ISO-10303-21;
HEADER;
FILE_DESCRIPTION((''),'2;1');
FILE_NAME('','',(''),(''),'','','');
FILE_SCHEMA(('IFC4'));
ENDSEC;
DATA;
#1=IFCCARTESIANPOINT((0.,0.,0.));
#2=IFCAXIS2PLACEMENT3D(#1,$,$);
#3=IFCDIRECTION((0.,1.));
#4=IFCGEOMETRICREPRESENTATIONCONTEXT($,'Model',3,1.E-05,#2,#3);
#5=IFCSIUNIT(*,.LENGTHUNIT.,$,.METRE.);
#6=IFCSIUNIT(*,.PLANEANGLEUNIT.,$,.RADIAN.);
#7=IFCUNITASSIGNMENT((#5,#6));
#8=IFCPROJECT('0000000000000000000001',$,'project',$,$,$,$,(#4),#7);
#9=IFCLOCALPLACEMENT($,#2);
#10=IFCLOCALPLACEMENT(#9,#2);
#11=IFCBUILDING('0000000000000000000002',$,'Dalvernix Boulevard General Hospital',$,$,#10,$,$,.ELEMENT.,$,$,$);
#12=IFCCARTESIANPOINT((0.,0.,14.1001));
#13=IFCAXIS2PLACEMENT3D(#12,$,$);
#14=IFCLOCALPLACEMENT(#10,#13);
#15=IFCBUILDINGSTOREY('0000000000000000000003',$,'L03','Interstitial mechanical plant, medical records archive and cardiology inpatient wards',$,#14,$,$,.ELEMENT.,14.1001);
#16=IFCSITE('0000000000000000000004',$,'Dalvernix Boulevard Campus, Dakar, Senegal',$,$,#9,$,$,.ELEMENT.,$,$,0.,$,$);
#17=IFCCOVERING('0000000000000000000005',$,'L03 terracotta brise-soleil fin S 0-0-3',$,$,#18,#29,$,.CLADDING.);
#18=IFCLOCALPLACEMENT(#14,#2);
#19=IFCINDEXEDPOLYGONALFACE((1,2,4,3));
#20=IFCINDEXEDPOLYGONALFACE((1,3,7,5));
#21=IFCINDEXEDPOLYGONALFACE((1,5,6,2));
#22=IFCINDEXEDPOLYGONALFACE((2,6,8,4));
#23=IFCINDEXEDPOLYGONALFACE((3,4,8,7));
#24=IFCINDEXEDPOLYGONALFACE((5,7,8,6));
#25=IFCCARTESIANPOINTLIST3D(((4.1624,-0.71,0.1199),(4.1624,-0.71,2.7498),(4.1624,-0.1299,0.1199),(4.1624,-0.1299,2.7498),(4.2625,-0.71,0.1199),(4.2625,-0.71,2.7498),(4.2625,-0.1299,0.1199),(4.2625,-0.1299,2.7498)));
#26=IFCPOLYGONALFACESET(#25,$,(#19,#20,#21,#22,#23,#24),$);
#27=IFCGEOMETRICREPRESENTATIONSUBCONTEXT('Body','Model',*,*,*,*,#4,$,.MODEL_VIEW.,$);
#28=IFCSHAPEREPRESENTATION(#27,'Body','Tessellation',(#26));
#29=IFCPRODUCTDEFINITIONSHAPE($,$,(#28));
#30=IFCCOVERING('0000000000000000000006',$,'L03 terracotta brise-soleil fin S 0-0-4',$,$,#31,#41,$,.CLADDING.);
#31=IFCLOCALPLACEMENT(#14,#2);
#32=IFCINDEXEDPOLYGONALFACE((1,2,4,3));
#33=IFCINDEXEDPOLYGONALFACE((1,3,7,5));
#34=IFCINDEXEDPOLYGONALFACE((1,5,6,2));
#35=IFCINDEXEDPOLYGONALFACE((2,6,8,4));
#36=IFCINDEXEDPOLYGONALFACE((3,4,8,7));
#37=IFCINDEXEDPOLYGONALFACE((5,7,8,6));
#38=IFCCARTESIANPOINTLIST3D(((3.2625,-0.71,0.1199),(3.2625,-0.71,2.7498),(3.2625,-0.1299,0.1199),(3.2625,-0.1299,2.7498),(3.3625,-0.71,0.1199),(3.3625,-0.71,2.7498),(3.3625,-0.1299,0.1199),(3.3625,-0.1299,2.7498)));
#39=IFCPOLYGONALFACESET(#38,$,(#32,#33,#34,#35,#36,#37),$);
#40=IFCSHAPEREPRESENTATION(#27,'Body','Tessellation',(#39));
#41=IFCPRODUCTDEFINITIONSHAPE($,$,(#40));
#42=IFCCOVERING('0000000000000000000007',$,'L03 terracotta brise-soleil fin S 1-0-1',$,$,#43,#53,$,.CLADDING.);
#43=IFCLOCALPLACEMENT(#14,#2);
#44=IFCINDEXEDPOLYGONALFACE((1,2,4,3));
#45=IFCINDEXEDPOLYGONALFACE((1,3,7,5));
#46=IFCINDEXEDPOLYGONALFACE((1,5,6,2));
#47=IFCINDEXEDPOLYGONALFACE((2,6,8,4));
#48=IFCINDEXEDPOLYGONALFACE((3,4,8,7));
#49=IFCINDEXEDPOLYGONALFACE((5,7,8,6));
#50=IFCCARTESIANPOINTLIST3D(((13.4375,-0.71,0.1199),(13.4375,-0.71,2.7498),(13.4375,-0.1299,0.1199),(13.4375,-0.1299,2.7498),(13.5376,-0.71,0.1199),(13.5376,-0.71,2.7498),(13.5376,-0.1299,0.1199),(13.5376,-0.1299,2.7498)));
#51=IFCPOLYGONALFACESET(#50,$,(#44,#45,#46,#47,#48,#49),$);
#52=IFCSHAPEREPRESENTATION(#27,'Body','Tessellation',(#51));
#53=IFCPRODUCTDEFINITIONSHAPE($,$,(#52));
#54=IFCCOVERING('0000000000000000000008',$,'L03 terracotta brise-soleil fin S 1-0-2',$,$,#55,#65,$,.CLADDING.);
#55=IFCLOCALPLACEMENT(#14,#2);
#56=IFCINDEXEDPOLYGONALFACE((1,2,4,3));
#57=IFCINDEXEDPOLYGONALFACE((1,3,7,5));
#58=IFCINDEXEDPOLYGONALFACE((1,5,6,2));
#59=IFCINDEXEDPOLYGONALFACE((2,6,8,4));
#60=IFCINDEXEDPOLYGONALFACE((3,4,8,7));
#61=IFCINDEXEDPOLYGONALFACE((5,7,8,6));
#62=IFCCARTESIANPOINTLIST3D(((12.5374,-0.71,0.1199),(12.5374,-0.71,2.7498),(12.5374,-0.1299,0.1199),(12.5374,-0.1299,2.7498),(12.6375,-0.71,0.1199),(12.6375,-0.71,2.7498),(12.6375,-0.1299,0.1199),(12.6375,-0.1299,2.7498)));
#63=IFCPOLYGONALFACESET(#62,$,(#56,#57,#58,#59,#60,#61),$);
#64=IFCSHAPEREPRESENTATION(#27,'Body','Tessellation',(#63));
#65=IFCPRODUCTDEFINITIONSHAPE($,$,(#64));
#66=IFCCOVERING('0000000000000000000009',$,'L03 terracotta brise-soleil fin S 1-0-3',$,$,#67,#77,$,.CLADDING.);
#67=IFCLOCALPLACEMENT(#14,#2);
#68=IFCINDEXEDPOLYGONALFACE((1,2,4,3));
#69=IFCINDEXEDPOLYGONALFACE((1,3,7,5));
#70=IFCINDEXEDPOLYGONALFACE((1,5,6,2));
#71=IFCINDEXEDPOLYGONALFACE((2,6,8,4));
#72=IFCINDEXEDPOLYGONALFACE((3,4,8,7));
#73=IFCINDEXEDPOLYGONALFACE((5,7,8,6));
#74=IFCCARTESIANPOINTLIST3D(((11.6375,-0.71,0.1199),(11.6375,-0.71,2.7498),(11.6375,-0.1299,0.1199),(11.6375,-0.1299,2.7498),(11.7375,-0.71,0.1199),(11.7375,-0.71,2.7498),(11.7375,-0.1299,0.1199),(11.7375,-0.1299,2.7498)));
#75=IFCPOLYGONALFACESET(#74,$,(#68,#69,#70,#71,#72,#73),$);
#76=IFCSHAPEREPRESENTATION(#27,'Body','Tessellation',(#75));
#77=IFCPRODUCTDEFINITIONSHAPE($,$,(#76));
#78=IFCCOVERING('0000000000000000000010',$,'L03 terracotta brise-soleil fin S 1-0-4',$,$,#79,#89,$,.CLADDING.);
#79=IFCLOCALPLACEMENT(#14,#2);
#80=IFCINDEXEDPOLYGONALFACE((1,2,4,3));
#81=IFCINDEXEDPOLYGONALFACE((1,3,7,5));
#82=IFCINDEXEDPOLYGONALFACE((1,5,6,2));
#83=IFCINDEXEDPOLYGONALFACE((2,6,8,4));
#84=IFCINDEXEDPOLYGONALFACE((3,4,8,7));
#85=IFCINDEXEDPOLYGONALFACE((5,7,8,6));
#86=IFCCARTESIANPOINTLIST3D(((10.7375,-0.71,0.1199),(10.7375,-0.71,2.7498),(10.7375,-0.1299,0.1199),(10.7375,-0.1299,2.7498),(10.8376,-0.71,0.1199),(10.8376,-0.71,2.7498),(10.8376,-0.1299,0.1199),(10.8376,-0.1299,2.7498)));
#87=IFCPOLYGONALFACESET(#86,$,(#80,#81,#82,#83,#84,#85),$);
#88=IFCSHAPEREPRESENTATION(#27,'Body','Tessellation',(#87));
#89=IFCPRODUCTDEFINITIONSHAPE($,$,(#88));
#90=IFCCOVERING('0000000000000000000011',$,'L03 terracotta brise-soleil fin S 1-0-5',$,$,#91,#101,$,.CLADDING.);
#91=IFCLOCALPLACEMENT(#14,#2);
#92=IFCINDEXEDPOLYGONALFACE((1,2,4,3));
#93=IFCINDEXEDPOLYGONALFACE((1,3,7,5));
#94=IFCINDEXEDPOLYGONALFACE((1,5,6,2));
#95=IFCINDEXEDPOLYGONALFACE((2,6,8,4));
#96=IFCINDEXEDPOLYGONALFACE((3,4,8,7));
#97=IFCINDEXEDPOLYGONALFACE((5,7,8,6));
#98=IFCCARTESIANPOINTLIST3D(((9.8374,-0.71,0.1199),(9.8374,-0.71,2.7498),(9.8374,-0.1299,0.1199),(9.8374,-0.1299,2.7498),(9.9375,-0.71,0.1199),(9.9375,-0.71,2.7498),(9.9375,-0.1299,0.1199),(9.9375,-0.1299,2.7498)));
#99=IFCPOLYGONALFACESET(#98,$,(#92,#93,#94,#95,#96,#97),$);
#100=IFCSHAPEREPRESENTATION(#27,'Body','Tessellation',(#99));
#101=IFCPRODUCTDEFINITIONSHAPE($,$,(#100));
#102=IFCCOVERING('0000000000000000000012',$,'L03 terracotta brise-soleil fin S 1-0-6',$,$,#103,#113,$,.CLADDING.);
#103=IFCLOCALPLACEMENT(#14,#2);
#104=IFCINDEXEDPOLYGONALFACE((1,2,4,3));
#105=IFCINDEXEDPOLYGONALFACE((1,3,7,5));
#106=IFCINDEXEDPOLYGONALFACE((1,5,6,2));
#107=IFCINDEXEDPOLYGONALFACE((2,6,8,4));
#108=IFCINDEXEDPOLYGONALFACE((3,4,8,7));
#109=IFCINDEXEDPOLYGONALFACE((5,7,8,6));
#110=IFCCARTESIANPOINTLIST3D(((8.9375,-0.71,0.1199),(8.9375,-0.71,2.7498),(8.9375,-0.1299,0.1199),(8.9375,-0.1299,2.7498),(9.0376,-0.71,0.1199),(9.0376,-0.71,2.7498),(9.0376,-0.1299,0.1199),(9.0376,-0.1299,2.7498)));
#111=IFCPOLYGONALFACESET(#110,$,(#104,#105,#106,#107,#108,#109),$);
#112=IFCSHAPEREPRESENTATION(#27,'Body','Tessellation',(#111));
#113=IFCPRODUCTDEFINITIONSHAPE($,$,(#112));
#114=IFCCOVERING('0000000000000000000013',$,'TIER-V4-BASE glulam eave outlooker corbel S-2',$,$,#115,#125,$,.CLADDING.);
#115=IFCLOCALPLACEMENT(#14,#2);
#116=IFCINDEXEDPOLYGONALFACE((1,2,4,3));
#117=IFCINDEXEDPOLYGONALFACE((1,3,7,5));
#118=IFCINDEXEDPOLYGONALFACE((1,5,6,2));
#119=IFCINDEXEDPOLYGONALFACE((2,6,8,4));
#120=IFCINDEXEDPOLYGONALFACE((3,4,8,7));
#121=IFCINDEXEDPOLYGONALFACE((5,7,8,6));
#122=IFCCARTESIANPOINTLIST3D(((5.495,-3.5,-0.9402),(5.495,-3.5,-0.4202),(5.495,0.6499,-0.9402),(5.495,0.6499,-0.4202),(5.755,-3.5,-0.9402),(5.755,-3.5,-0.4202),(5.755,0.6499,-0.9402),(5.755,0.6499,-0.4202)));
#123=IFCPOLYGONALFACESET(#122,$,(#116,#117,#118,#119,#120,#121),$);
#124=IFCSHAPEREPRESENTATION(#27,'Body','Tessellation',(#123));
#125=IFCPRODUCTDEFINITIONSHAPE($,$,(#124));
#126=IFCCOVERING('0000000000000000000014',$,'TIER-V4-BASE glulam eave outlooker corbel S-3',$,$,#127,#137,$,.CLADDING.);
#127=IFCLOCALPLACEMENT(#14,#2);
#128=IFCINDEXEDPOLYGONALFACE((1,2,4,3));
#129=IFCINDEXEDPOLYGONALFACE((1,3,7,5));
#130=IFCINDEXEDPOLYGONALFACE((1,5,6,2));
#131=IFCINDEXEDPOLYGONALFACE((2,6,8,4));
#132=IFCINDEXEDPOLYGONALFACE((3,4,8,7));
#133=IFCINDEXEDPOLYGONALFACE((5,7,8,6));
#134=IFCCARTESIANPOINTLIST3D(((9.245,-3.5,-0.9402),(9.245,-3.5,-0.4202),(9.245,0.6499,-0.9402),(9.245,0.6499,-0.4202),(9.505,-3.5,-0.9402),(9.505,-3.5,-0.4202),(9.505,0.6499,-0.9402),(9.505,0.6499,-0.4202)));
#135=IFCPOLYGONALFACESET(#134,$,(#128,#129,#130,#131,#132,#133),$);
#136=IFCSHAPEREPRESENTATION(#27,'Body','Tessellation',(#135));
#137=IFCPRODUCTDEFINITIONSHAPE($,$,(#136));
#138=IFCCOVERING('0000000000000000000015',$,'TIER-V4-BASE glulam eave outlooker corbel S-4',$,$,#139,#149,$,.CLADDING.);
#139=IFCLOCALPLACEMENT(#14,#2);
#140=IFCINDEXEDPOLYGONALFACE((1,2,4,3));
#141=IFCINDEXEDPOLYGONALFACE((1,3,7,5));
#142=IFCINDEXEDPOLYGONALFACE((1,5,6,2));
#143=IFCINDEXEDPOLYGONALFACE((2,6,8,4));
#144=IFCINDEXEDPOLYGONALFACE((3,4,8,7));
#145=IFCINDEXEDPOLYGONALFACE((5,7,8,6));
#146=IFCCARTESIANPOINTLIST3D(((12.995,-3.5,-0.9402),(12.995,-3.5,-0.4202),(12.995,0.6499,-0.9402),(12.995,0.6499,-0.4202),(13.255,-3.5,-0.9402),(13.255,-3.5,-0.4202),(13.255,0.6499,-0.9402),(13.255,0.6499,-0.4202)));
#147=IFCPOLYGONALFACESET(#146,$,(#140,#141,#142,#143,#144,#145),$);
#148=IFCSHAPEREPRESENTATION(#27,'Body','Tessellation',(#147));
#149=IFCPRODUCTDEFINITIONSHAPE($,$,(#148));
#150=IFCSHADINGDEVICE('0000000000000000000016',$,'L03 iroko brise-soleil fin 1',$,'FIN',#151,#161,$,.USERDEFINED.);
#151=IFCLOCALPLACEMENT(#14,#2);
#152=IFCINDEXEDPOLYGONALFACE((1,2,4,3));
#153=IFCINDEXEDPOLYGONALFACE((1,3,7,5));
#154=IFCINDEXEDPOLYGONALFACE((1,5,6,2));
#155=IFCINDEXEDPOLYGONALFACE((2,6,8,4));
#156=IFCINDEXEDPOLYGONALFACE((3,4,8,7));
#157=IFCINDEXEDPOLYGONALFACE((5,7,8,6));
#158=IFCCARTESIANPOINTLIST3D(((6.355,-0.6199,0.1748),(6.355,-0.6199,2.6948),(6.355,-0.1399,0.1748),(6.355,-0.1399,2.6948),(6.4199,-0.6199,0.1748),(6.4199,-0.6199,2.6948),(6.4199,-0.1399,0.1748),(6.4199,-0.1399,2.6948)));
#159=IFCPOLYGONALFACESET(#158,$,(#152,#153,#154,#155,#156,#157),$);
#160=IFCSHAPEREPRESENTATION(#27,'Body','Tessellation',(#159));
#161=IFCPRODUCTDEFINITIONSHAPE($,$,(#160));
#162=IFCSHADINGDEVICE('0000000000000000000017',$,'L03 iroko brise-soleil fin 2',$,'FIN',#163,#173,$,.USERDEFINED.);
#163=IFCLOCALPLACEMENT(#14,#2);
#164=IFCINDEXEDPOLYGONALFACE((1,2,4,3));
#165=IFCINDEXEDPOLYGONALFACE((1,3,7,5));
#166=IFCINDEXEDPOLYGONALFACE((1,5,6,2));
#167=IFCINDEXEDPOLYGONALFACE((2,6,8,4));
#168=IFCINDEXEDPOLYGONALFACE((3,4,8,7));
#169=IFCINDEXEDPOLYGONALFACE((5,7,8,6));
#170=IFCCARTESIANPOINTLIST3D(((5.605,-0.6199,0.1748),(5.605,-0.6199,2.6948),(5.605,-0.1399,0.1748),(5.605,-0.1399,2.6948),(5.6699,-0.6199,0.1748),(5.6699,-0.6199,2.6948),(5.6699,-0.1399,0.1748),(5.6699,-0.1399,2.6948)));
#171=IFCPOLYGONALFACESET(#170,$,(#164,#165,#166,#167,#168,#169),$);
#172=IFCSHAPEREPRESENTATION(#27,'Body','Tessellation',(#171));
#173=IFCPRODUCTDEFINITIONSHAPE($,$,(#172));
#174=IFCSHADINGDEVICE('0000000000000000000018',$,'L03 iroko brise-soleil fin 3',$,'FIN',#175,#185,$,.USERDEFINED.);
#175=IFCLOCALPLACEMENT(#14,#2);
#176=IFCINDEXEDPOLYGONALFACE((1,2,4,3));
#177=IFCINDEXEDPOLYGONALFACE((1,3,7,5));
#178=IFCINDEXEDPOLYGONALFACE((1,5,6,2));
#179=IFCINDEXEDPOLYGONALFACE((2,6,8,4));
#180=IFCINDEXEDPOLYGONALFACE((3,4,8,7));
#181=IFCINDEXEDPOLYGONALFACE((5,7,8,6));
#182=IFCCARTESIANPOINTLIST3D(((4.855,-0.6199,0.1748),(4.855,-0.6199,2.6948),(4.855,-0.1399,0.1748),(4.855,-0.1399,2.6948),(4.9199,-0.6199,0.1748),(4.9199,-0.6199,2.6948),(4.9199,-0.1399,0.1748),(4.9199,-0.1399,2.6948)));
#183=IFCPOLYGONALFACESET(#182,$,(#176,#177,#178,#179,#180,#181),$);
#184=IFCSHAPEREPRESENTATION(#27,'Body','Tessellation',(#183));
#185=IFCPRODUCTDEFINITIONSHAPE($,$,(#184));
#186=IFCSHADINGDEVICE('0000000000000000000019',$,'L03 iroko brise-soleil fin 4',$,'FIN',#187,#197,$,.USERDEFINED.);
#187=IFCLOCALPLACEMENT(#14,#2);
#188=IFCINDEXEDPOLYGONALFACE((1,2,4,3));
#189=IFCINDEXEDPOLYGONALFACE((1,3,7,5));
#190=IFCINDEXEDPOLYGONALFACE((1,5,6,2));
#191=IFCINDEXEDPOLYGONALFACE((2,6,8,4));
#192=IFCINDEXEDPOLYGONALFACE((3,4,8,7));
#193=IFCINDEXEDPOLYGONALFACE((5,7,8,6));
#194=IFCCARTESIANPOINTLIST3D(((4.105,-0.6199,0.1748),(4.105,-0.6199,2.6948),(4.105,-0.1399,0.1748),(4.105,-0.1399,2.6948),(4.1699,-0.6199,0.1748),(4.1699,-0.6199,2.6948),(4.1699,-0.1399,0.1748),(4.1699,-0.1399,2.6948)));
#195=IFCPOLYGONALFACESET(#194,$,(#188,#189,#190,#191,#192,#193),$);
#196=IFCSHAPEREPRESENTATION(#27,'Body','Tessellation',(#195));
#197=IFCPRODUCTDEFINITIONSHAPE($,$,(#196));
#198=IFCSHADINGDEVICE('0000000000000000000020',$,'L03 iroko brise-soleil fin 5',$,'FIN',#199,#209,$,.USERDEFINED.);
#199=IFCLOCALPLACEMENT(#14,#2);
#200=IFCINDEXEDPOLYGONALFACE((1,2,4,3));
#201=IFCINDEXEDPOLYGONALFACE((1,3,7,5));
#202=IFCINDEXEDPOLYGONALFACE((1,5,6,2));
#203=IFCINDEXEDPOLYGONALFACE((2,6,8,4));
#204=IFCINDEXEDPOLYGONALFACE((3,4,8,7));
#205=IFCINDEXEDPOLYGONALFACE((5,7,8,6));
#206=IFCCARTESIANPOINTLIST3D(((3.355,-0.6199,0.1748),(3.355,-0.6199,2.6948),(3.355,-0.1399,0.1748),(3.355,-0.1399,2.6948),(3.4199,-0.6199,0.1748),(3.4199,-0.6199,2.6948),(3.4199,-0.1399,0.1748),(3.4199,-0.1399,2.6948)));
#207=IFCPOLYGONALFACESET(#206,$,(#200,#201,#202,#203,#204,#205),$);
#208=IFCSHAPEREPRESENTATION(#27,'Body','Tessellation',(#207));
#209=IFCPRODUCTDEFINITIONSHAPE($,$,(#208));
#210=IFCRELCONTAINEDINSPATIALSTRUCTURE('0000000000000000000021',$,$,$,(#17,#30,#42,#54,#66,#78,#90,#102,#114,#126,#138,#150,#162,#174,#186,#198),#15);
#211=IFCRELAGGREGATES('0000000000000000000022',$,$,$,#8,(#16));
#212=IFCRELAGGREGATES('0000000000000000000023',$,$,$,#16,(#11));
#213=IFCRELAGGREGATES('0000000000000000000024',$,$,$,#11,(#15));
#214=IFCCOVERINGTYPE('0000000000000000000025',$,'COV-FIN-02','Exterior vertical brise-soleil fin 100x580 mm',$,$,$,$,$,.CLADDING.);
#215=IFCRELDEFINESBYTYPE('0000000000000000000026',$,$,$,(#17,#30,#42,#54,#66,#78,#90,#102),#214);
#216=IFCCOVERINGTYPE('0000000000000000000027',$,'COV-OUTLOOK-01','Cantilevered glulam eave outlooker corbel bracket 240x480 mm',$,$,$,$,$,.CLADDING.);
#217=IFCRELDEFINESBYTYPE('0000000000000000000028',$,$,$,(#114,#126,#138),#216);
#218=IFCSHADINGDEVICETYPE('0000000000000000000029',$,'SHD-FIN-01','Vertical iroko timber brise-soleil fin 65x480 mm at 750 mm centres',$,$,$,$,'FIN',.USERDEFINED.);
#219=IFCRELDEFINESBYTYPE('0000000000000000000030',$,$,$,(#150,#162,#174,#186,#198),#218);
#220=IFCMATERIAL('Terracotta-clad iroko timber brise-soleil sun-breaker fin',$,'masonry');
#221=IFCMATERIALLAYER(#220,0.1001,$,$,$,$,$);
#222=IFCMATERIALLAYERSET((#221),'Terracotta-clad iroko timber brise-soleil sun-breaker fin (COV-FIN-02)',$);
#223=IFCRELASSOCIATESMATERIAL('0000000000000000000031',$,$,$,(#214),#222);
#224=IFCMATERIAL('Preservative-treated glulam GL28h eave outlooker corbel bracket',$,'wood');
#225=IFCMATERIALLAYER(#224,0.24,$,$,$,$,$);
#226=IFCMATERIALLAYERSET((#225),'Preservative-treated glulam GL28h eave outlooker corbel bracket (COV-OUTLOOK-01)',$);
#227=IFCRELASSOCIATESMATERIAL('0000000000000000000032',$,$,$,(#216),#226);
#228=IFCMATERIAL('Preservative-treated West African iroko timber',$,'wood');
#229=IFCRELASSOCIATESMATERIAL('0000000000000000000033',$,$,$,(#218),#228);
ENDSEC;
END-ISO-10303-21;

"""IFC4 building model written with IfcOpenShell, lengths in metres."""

from ifc_helpers import new_model, si_unit, direction, frame, origin, origin_2d, place, context, subcontext, project, spatial, rectangle, extrude, material, layer, layer_set, type_object, element, save


model = new_model("IFC4")

# Units and contexts
model_context = context("Model", 3, precision=1e-05, world=origin(), true_north=direction((0.0, 1.0)))
body_context = subcontext(model_context, "Body", "Model", "MODEL_VIEW")
ifc_project = project(units=[si_unit("LENGTHUNIT", "METRE"), si_unit("PLANEANGLEUNIT", "RADIAN")], contexts=[model_context])

# Site, building, storey
site_placement = place(None, origin())
site = spatial("IfcSite", under=ifc_project, at=site_placement, Name="Dalvernix Boulevard Campus, Dakar, Senegal", CompositionType="ELEMENT", RefElevation=0.0)
building_placement = place(site_placement, origin())
building = spatial("IfcBuilding", under=site, at=building_placement, Name="Dalvernix Boulevard General Hospital", CompositionType="ELEMENT")
storey_placement = place(building_placement, frame((0.0, 0.0, 14.1001)))
storey = spatial("IfcBuildingStorey", under=building, at=storey_placement, Name="L03", Description="Interstitial mechanical plant, medical records archive and cardiology inpatient wards", CompositionType="ELEMENT", Elevation=14.1001)

# Coverings
ifc_material_1 = material(Name="Terracotta-clad iroko timber brise-soleil sun-breaker fin", Category="masonry")
ifc_layer_1 = layer(ifc_material_1, 0.1001)
ifc_layer_set_1 = layer_set([ifc_layer_1], Name="Terracotta-clad iroko timber brise-soleil sun-breaker fin (COV-FIN-02)")
covering_type_1 = type_object("IfcCoveringType", Name="COV-FIN-02", Description="Exterior vertical brise-soleil fin 100x580 mm", PredefinedType="CLADDING", material=ifc_layer_set_1)
for number, where, z_axis, x_axis, name in (
    (1, (4.2124, -0.4199, 0.1199), (0.0, 0.0, 1.0), (-1.0, 0.0, 0.0), "L03 terracotta brise-soleil fin S 0-0-3"),
    (2, (3.3125, -0.4199, 0.1199), (0.0, 0.0, 1.0), (-1.0, 0.0, 0.0), "L03 terracotta brise-soleil fin S 0-0-4"),
    (3, (13.4875, -0.4199, 0.1199), (0.0, 0.0, 1.0), (-1.0, 0.0, 0.0), "L03 terracotta brise-soleil fin S 1-0-1"),
    (4, (12.5874, -0.4199, 0.1199), (0.0, 0.0, 1.0), (-1.0, 0.0, 0.0), "L03 terracotta brise-soleil fin S 1-0-2"),
    (5, (11.6875, -0.4199, 0.1199), (0.0, 0.0, 1.0), (-1.0, 0.0, 0.0), "L03 terracotta brise-soleil fin S 1-0-3"),
    (6, (10.7876, -0.4199, 0.1199), (0.0, 0.0, 1.0), (-1.0, 0.0, 0.0), "L03 terracotta brise-soleil fin S 1-0-4"),
    (7, (9.8875, -0.4199, 0.1199), (0.0, 0.0, 1.0), (-1.0, 0.0, 0.0), "L03 terracotta brise-soleil fin S 1-0-5"),
    (8, (8.9875, -0.4199, 0.1199), (0.0, 0.0, 1.0), (-1.0, 0.0, 0.0), "L03 terracotta brise-soleil fin S 1-0-6"),
):
    element("IfcCovering", number, at=place(storey_placement, frame(where, z_axis=z_axis, x_axis=x_axis)), inside=storey, type_object=covering_type_1, Name=name, PredefinedType="CLADDING", context=body_context, shape_type="SweptSolid", body=[
        extrude(rectangle(XDim=0.1001, YDim=0.5801, at=origin_2d()), origin(), (0.0, 0.0, 1.0), 2.6299),
    ])
ifc_material_2 = material(Name="Preservative-treated glulam GL28h eave outlooker corbel bracket", Category="wood")
ifc_layer_2 = layer(ifc_material_2, 0.24)
ifc_layer_set_2 = layer_set([ifc_layer_2], Name="Preservative-treated glulam GL28h eave outlooker corbel bracket (COV-OUTLOOK-01)")
covering_type_2 = type_object("IfcCoveringType", Name="COV-OUTLOOK-01", Description="Cantilevered glulam eave outlooker corbel bracket 240x480 mm", PredefinedType="CLADDING", material=ifc_layer_set_2)
for number, where, z_axis, x_axis, name in (
    (9, (5.625, -1.425, -0.9402), (0.0, 0.0, 1.0), (1.0, 0.0, 0.0), "TIER-V4-BASE glulam eave outlooker corbel S-2"),
    (10, (9.375, -1.425, -0.9402), (0.0, 0.0, 1.0), (1.0, 0.0, 0.0), "TIER-V4-BASE glulam eave outlooker corbel S-3"),
    (11, (13.125, -1.425, -0.9402), (0.0, 0.0, 1.0), (1.0, 0.0, 0.0), "TIER-V4-BASE glulam eave outlooker corbel S-4"),
):
    element("IfcCovering", number, at=place(storey_placement, frame(where, z_axis=z_axis, x_axis=x_axis)), inside=storey, type_object=covering_type_2, Name=name, PredefinedType="CLADDING", context=body_context, shape_type="SweptSolid", body=[
        extrude(rectangle(XDim=0.26, YDim=4.1499, at=origin_2d()), origin(), (0.0, 0.0, 1.0), 0.52),
    ])

# Shading devices
ifc_material_3 = material(Name="Preservative-treated West African iroko timber", Category="wood")
shading_device_type = type_object("IfcShadingDeviceType", Name="SHD-FIN-01", Description="Vertical iroko timber brise-soleil fin 65x480 mm at 750 mm centres", ElementType="FIN", PredefinedType="USERDEFINED", material=ifc_material_3)
for number, where, z_axis, x_axis, name in (
    (12, (6.3875, -0.3799, 0.1748), (0.0, 0.0, 1.0), (-1.0, 0.0, 0.0), "L03 iroko brise-soleil fin 1"),
    (13, (5.6375, -0.3799, 0.1748), (0.0, 0.0, 1.0), (-1.0, 0.0, 0.0), "L03 iroko brise-soleil fin 2"),
    (14, (4.8875, -0.3799, 0.1748), (0.0, 0.0, 1.0), (-1.0, 0.0, 0.0), "L03 iroko brise-soleil fin 3"),
    (15, (4.1375, -0.3799, 0.1748), (0.0, 0.0, 1.0), (-1.0, 0.0, 0.0), "L03 iroko brise-soleil fin 4"),
    (16, (3.3875, -0.3799, 0.1748), (0.0, 0.0, 1.0), (-1.0, 0.0, 0.0), "L03 iroko brise-soleil fin 5"),
):
    element("IfcShadingDevice", number, at=place(storey_placement, frame(where, z_axis=z_axis, x_axis=x_axis)), inside=storey, type_object=shading_device_type, Name=name, ObjectType="FIN", PredefinedType="USERDEFINED", context=body_context, shape_type="SweptSolid", body=[
        extrude(rectangle(XDim=0.0649, YDim=0.48, at=origin_2d()), origin(), (0.0, 0.0, 1.0), 2.52),
    ])

save(model, "model.ifc")
